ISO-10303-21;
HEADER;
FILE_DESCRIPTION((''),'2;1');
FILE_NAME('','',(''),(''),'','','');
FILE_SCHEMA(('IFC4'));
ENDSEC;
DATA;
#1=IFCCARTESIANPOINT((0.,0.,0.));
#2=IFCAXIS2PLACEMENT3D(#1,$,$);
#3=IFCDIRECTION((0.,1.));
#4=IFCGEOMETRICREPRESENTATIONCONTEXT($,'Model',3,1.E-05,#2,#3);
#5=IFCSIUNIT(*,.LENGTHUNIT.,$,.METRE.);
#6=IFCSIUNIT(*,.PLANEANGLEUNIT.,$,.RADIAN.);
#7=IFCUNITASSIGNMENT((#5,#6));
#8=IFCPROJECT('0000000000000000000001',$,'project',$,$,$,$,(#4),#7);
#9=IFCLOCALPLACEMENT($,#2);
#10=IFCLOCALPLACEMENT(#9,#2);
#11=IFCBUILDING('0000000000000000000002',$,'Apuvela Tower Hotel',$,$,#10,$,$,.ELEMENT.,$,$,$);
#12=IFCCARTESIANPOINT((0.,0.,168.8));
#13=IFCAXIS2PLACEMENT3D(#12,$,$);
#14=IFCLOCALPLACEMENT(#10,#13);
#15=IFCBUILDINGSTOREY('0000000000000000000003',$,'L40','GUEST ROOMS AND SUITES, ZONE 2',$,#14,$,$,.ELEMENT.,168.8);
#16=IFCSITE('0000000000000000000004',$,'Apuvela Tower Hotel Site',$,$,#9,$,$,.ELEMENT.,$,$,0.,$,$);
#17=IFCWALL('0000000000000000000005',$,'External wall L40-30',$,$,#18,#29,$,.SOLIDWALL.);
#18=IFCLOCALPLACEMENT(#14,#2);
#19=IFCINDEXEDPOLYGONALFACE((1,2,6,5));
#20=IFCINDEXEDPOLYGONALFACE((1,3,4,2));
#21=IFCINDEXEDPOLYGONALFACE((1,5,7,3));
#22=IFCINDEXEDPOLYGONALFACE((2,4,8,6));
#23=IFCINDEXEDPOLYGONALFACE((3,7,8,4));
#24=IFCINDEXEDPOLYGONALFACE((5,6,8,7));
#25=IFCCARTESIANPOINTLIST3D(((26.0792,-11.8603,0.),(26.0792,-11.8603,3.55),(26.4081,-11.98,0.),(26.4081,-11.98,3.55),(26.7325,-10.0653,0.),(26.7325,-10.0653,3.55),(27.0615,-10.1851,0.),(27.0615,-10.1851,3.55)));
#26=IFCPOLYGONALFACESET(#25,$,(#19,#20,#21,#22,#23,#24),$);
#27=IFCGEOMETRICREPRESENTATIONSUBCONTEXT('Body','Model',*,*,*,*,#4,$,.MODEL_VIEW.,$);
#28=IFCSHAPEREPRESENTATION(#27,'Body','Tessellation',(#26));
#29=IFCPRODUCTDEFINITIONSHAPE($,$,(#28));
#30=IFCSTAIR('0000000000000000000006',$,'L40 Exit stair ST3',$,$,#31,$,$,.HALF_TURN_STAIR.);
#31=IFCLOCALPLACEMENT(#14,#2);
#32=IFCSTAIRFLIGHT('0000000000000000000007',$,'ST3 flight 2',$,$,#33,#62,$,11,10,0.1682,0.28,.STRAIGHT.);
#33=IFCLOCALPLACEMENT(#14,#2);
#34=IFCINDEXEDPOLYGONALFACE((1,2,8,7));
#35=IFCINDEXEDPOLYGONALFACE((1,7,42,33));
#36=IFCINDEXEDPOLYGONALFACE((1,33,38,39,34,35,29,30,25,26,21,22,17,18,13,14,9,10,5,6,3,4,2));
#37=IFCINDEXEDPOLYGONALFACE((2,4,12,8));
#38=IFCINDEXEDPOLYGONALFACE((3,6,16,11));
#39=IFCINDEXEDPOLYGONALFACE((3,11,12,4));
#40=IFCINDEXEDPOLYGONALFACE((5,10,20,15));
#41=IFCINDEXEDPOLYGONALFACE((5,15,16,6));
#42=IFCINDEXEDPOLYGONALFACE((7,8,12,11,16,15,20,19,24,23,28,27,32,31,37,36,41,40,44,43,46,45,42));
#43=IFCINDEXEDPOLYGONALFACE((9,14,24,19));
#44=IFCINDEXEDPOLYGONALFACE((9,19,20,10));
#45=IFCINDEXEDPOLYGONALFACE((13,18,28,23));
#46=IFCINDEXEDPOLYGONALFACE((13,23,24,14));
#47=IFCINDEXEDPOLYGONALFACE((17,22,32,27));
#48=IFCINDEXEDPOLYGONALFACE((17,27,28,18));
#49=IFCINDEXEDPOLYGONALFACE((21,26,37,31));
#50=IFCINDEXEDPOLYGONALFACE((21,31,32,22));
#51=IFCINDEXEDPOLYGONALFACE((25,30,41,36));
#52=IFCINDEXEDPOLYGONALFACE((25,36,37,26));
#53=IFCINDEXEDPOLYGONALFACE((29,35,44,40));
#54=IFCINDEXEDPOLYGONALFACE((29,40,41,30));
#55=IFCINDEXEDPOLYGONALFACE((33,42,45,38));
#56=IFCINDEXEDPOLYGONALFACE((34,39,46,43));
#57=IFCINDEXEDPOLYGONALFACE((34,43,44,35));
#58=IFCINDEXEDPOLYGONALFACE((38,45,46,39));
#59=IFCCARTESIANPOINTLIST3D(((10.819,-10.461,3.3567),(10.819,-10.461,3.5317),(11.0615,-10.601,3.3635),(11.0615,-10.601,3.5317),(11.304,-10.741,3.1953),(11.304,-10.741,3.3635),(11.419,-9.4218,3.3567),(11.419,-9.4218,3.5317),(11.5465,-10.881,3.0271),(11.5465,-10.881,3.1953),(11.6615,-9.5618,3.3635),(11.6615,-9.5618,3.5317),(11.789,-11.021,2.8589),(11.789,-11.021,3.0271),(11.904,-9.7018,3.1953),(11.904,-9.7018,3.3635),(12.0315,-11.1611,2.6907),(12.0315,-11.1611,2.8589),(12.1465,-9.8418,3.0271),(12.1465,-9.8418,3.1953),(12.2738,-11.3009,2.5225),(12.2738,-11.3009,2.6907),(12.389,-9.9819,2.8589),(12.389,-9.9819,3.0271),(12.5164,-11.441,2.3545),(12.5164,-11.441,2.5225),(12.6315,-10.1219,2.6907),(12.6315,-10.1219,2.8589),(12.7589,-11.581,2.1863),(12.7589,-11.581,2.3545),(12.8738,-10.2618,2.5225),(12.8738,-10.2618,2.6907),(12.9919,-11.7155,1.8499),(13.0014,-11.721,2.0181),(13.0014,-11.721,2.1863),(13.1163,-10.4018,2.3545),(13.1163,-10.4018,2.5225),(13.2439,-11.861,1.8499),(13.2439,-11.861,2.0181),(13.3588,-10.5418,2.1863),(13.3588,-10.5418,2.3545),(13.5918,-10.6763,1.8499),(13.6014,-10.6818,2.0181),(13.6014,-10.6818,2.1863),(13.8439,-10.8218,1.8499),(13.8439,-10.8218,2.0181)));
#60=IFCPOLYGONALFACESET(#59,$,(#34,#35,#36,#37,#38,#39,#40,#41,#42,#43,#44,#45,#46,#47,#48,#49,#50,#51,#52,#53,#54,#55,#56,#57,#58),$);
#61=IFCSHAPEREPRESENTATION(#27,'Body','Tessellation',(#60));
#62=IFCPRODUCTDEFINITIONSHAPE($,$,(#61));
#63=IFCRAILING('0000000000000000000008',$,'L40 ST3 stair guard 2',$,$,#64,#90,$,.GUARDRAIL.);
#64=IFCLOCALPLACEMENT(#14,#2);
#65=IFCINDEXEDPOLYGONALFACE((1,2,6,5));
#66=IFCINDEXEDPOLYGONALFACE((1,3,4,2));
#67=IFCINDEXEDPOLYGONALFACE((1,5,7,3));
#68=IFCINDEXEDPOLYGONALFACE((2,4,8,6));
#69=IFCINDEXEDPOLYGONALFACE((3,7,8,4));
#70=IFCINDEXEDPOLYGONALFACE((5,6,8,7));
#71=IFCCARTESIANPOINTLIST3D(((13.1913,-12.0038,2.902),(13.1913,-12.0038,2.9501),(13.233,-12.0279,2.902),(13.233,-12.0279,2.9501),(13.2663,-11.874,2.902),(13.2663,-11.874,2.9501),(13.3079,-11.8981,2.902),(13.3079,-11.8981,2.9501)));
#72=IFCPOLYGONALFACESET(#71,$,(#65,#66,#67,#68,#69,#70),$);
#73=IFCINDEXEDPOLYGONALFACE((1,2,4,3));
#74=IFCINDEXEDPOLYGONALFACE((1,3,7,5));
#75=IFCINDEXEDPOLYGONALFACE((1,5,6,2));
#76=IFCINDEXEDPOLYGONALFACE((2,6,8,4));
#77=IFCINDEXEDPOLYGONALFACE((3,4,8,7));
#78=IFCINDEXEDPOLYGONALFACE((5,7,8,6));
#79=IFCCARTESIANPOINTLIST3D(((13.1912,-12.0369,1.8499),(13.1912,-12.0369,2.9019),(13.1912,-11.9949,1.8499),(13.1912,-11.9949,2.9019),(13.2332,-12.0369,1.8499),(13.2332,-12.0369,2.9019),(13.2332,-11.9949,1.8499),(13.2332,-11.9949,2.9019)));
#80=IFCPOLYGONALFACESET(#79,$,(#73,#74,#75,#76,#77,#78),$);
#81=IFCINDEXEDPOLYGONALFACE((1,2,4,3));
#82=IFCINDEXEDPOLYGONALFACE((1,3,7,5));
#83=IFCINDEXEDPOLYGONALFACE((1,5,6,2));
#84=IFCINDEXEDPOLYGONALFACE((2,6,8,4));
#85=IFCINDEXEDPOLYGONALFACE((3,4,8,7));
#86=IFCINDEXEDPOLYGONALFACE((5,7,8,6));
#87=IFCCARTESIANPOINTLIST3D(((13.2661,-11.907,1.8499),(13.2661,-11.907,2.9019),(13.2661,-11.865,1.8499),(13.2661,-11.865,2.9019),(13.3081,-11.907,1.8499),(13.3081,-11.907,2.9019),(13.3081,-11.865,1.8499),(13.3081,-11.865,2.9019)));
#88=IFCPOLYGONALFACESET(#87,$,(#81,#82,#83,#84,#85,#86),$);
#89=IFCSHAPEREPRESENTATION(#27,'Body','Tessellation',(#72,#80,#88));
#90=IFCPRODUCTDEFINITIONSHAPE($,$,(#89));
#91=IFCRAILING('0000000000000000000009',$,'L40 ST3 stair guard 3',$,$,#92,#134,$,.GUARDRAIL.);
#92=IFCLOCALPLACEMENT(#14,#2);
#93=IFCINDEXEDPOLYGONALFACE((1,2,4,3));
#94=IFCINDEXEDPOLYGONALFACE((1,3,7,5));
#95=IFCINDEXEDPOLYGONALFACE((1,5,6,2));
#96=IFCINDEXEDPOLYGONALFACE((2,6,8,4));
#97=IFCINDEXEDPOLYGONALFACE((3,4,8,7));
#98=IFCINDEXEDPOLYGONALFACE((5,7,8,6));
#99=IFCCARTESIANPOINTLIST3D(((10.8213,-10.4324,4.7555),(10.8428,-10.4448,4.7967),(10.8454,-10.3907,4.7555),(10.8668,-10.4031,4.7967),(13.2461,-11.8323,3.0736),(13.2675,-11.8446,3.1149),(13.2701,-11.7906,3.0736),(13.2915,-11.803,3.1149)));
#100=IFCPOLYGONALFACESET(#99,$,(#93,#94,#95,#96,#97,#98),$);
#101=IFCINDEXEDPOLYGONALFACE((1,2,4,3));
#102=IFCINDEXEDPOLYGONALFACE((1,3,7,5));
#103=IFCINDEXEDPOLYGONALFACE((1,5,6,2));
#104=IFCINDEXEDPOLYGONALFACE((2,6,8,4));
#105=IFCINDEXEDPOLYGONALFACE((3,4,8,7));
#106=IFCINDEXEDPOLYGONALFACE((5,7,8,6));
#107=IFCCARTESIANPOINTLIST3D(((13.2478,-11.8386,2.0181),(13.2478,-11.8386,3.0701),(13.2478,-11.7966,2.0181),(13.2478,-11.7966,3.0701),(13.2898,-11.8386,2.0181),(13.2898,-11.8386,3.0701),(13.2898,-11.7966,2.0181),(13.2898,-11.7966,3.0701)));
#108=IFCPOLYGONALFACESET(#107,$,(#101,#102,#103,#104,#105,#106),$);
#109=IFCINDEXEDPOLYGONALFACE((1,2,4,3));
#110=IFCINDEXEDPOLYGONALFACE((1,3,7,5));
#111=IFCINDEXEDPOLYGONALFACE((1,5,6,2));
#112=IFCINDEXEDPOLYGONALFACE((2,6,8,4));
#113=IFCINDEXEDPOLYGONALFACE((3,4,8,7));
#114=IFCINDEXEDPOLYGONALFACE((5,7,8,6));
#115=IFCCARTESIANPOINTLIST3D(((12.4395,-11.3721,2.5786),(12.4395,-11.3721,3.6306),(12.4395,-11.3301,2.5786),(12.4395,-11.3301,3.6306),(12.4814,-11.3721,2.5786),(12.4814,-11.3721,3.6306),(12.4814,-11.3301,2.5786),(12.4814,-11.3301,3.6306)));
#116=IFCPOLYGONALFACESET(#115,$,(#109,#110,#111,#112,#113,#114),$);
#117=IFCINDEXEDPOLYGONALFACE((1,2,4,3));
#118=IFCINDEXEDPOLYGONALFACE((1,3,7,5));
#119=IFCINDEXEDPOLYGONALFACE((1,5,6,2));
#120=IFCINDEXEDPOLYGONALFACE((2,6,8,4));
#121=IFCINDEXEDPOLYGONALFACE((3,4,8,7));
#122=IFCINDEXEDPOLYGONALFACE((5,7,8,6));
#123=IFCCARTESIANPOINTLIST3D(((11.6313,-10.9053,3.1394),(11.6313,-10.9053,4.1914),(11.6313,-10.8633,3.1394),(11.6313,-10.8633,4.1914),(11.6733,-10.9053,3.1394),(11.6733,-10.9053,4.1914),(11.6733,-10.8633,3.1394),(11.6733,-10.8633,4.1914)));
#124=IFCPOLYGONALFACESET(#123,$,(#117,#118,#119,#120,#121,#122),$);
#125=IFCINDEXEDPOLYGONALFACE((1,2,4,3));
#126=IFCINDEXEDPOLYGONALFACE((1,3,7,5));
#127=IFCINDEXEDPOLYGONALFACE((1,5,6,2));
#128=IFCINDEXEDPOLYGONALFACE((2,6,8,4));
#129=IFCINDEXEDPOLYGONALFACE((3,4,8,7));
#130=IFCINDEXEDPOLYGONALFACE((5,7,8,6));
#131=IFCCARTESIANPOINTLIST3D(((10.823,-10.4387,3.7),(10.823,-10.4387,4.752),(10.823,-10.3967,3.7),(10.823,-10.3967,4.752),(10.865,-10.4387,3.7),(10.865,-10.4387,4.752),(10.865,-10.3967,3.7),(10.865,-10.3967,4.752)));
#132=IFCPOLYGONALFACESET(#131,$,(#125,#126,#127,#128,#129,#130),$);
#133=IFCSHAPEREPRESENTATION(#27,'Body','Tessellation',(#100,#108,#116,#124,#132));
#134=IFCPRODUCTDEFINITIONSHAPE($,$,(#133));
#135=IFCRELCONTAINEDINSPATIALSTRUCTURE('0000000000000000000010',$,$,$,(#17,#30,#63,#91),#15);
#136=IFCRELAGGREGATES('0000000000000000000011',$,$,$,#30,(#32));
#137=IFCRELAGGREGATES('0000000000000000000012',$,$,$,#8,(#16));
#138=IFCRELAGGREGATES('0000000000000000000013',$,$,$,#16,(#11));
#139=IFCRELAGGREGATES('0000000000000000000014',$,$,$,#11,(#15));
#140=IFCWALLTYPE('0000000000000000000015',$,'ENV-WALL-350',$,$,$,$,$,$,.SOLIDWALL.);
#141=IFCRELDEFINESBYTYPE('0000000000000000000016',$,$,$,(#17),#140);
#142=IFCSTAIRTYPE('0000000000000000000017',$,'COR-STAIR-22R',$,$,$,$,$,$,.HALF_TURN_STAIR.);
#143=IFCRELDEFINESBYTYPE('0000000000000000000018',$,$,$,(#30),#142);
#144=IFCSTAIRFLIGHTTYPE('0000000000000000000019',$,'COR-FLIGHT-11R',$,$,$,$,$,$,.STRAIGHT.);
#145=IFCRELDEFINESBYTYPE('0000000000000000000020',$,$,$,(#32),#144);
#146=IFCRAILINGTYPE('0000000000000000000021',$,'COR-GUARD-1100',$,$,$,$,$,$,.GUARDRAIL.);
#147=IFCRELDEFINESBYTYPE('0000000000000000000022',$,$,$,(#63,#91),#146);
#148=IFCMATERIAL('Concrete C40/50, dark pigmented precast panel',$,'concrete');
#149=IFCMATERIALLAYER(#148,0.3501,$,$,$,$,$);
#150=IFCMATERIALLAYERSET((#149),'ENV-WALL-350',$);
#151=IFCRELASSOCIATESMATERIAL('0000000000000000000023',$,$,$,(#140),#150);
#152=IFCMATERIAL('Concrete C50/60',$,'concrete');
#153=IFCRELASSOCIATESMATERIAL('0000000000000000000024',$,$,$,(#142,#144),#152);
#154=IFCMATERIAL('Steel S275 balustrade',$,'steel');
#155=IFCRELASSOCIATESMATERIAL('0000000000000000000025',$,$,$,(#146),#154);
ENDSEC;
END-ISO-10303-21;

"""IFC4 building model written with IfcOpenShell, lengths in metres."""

from ifc_helpers import new_model, si_unit, direction, frame, frame_2d, origin, origin_2d, place, context, subcontext, project, spatial, polyline, rectangle, outline, extrude, material, layer, layer_set, type_object, element, aggregate, save


model = new_model("IFC4")

# Units and contexts
model_context = context("Model", 3, precision=1e-05, world=origin(), true_north=direction((0.0, 1.0)))
body_context = subcontext(model_context, "Body", "Model", "MODEL_VIEW")
ifc_project = project(units=[si_unit("LENGTHUNIT", "METRE"), si_unit("PLANEANGLEUNIT", "RADIAN")], contexts=[model_context])

# Site, building, storey
site_placement = place(None, origin())
site = spatial("IfcSite", under=ifc_project, at=site_placement, Name="Apuvela Tower Hotel Site", CompositionType="ELEMENT", RefElevation=0.0)
building_placement = place(site_placement, origin())
building = spatial("IfcBuilding", under=site, at=building_placement, Name="Apuvela Tower Hotel", CompositionType="ELEMENT")
storey_placement = place(building_placement, frame((0.0, 0.0, 168.8)))
storey = spatial("IfcBuildingStorey", under=building, at=storey_placement, Name="L40", Description="GUEST ROOMS AND SUITES, ZONE 2", CompositionType="ELEMENT", Elevation=168.8)

# Shared definitions
ifc_material_1 = material(Name="Concrete C50/60", Category="concrete")

# Shared definitions
ifc_material_2 = material(Name="Concrete C40/50, dark pigmented precast panel", Category="concrete")
ifc_layer_1 = layer(ifc_material_2, 0.3501)
ifc_layer_set_1 = layer_set([ifc_layer_1], Name="ENV-WALL-350")
wall_type_1 = type_object("IfcWallType", Name="ENV-WALL-350", PredefinedType="SOLIDWALL", material=ifc_layer_set_1)

# Wall
wall_1_placement = place(storey_placement, frame((26.2437, -11.9202, 0.0), z_axis=(0.0, 0.0, 1.0), x_axis=(0.34203, 0.939689, 0.0)))
element("IfcWall", 1, at=wall_1_placement, inside=storey, type_object=wall_type_1, Name="External wall L40-30", PredefinedType="SOLIDWALL", context=body_context, shape_type="SweptSolid", body=[
    extrude(rectangle(XDim=1.9102, YDim=0.3501, at=frame_2d((0.9551, 0.0))), origin(), (0.0, 0.0, 1.0), 3.55),
])

# Stair, stair flight
stair_type = type_object("IfcStairType", Name="COR-STAIR-22R", PredefinedType="HALF_TURN_STAIR", material=ifc_material_1)
stair_placement = place(storey_placement, origin())
stair = element("IfcStair", 2, at=stair_placement, inside=storey, type_object=stair_type, Name="L40 Exit stair ST3", PredefinedType="HALF_TURN_STAIR")
stair_flight_type = type_object("IfcStairFlightType", Name="COR-FLIGHT-11R", PredefinedType="STRAIGHT", material=ifc_material_1)
stair_flight_placement = place(storey_placement, frame((13.5439, -11.3413, 1.8499), z_axis=(0.0, 0.0, 1.0), x_axis=(-0.866025, 0.5, 0.0)))
stair_flight = element("IfcStairFlight", 3, at=stair_flight_placement, type_object=stair_flight_type, Name="ST3 flight 2", NumberOfRisers=11, NumberOfTreads=10, PredefinedType="STRAIGHT", RiserHeight=0.1682, TreadLength=0.28, context=body_context, shape_type="SweptSolid", body=[
    extrude(outline(polyline([(0.0, 0.0), (0.0, 0.1682), (0.28, 0.1682), (0.28, 0.3364), (0.5601, 0.3364), (0.5601, 0.5046), (0.8401, 0.5046), (0.8401, 0.6726), (1.1201, 0.6726), (1.1201, 0.8408), (1.3999, 0.8408), (1.3999, 1.009), (1.6799, 1.009), (1.6799, 1.1772), (1.96, 1.1772), (1.96, 1.3455), (2.24, 1.3455), (2.24, 1.5137), (2.52, 1.5137), (2.52, 1.6819), (2.8, 1.6819), (2.8, 1.8501), (2.8, 1.5068), (0.291, 0.0), (0.0, 0.0)])), frame((0.0, 0.6001, 0.0), z_axis=(0.0, -1.0, 0.0), x_axis=(1.0, 0.0, 0.0)), (0.0, 0.0, 1.0), 1.2),
])
aggregate(stair, [stair_flight])

# Railings
ifc_material_3 = material(Name="Steel S275 balustrade", Category="steel")
railing_type = type_object("IfcRailingType", Name="COR-GUARD-1100", PredefinedType="GUARDRAIL", material=ifc_material_3)
railing_1_placement = place(storey_placement, frame((13.2122, -12.0159, 1.8499)))
element("IfcRailing", 4, at=railing_1_placement, inside=storey, type_object=railing_type, Name="L40 ST3 stair guard 2", PredefinedType="GUARDRAIL", context=body_context, shape_type="SweptSolid", body=[
    extrude(rectangle(XDim=0.0481, YDim=0.0481, at=origin_2d()), frame((0.0, 0.0, 1.0762), z_axis=(0.499816, 0.866131, 0.0), x_axis=(-0.866131, 0.499816, 0.0)), (0.0, 0.0, 1.0), 0.1499),
    extrude(rectangle(XDim=0.042, YDim=0.042, at=origin_2d()), origin(), (0.0, 0.0, 1.0), 1.052),
    extrude(rectangle(XDim=0.042, YDim=0.042, at=origin_2d()), frame((0.075, 0.1299, 0.0)), (0.0, 0.0, 1.0), 1.052),
])
railing_2_placement = place(storey_placement, frame((13.2688, -11.8176, 2.0181)))
element("IfcRailing", 5, at=railing_2_placement, inside=storey, type_object=railing_type, Name="L40 ST3 stair guard 3", PredefinedType="GUARDRAIL", context=body_context, shape_type="SweptSolid", body=[
    extrude(rectangle(XDim=0.0481, YDim=0.0481, at=origin_2d()), frame((0.0, 0.0, 1.0762), z_axis=(-0.74239, 0.428601, 0.514934), x_axis=(-0.499984, -0.866035, 0.0)), (0.0, 0.0, 1.0), 3.2661),
    extrude(rectangle(XDim=0.042, YDim=0.042, at=origin_2d()), origin(), (0.0, 0.0, 1.0), 1.052),
    extrude(rectangle(XDim=0.042, YDim=0.042, at=origin_2d()), frame((-0.8083, 0.4666, 0.5605)), (0.0, 0.0, 1.0), 1.052),
    extrude(rectangle(XDim=0.042, YDim=0.042, at=origin_2d()), frame((-1.6165, 0.9333, 1.1213)), (0.0, 0.0, 1.0), 1.052),
    extrude(rectangle(XDim=0.042, YDim=0.042, at=origin_2d()), frame((-2.4248, 1.3999, 1.6819)), (0.0, 0.0, 1.0), 1.052),
])

save(model, "model.ifc")
